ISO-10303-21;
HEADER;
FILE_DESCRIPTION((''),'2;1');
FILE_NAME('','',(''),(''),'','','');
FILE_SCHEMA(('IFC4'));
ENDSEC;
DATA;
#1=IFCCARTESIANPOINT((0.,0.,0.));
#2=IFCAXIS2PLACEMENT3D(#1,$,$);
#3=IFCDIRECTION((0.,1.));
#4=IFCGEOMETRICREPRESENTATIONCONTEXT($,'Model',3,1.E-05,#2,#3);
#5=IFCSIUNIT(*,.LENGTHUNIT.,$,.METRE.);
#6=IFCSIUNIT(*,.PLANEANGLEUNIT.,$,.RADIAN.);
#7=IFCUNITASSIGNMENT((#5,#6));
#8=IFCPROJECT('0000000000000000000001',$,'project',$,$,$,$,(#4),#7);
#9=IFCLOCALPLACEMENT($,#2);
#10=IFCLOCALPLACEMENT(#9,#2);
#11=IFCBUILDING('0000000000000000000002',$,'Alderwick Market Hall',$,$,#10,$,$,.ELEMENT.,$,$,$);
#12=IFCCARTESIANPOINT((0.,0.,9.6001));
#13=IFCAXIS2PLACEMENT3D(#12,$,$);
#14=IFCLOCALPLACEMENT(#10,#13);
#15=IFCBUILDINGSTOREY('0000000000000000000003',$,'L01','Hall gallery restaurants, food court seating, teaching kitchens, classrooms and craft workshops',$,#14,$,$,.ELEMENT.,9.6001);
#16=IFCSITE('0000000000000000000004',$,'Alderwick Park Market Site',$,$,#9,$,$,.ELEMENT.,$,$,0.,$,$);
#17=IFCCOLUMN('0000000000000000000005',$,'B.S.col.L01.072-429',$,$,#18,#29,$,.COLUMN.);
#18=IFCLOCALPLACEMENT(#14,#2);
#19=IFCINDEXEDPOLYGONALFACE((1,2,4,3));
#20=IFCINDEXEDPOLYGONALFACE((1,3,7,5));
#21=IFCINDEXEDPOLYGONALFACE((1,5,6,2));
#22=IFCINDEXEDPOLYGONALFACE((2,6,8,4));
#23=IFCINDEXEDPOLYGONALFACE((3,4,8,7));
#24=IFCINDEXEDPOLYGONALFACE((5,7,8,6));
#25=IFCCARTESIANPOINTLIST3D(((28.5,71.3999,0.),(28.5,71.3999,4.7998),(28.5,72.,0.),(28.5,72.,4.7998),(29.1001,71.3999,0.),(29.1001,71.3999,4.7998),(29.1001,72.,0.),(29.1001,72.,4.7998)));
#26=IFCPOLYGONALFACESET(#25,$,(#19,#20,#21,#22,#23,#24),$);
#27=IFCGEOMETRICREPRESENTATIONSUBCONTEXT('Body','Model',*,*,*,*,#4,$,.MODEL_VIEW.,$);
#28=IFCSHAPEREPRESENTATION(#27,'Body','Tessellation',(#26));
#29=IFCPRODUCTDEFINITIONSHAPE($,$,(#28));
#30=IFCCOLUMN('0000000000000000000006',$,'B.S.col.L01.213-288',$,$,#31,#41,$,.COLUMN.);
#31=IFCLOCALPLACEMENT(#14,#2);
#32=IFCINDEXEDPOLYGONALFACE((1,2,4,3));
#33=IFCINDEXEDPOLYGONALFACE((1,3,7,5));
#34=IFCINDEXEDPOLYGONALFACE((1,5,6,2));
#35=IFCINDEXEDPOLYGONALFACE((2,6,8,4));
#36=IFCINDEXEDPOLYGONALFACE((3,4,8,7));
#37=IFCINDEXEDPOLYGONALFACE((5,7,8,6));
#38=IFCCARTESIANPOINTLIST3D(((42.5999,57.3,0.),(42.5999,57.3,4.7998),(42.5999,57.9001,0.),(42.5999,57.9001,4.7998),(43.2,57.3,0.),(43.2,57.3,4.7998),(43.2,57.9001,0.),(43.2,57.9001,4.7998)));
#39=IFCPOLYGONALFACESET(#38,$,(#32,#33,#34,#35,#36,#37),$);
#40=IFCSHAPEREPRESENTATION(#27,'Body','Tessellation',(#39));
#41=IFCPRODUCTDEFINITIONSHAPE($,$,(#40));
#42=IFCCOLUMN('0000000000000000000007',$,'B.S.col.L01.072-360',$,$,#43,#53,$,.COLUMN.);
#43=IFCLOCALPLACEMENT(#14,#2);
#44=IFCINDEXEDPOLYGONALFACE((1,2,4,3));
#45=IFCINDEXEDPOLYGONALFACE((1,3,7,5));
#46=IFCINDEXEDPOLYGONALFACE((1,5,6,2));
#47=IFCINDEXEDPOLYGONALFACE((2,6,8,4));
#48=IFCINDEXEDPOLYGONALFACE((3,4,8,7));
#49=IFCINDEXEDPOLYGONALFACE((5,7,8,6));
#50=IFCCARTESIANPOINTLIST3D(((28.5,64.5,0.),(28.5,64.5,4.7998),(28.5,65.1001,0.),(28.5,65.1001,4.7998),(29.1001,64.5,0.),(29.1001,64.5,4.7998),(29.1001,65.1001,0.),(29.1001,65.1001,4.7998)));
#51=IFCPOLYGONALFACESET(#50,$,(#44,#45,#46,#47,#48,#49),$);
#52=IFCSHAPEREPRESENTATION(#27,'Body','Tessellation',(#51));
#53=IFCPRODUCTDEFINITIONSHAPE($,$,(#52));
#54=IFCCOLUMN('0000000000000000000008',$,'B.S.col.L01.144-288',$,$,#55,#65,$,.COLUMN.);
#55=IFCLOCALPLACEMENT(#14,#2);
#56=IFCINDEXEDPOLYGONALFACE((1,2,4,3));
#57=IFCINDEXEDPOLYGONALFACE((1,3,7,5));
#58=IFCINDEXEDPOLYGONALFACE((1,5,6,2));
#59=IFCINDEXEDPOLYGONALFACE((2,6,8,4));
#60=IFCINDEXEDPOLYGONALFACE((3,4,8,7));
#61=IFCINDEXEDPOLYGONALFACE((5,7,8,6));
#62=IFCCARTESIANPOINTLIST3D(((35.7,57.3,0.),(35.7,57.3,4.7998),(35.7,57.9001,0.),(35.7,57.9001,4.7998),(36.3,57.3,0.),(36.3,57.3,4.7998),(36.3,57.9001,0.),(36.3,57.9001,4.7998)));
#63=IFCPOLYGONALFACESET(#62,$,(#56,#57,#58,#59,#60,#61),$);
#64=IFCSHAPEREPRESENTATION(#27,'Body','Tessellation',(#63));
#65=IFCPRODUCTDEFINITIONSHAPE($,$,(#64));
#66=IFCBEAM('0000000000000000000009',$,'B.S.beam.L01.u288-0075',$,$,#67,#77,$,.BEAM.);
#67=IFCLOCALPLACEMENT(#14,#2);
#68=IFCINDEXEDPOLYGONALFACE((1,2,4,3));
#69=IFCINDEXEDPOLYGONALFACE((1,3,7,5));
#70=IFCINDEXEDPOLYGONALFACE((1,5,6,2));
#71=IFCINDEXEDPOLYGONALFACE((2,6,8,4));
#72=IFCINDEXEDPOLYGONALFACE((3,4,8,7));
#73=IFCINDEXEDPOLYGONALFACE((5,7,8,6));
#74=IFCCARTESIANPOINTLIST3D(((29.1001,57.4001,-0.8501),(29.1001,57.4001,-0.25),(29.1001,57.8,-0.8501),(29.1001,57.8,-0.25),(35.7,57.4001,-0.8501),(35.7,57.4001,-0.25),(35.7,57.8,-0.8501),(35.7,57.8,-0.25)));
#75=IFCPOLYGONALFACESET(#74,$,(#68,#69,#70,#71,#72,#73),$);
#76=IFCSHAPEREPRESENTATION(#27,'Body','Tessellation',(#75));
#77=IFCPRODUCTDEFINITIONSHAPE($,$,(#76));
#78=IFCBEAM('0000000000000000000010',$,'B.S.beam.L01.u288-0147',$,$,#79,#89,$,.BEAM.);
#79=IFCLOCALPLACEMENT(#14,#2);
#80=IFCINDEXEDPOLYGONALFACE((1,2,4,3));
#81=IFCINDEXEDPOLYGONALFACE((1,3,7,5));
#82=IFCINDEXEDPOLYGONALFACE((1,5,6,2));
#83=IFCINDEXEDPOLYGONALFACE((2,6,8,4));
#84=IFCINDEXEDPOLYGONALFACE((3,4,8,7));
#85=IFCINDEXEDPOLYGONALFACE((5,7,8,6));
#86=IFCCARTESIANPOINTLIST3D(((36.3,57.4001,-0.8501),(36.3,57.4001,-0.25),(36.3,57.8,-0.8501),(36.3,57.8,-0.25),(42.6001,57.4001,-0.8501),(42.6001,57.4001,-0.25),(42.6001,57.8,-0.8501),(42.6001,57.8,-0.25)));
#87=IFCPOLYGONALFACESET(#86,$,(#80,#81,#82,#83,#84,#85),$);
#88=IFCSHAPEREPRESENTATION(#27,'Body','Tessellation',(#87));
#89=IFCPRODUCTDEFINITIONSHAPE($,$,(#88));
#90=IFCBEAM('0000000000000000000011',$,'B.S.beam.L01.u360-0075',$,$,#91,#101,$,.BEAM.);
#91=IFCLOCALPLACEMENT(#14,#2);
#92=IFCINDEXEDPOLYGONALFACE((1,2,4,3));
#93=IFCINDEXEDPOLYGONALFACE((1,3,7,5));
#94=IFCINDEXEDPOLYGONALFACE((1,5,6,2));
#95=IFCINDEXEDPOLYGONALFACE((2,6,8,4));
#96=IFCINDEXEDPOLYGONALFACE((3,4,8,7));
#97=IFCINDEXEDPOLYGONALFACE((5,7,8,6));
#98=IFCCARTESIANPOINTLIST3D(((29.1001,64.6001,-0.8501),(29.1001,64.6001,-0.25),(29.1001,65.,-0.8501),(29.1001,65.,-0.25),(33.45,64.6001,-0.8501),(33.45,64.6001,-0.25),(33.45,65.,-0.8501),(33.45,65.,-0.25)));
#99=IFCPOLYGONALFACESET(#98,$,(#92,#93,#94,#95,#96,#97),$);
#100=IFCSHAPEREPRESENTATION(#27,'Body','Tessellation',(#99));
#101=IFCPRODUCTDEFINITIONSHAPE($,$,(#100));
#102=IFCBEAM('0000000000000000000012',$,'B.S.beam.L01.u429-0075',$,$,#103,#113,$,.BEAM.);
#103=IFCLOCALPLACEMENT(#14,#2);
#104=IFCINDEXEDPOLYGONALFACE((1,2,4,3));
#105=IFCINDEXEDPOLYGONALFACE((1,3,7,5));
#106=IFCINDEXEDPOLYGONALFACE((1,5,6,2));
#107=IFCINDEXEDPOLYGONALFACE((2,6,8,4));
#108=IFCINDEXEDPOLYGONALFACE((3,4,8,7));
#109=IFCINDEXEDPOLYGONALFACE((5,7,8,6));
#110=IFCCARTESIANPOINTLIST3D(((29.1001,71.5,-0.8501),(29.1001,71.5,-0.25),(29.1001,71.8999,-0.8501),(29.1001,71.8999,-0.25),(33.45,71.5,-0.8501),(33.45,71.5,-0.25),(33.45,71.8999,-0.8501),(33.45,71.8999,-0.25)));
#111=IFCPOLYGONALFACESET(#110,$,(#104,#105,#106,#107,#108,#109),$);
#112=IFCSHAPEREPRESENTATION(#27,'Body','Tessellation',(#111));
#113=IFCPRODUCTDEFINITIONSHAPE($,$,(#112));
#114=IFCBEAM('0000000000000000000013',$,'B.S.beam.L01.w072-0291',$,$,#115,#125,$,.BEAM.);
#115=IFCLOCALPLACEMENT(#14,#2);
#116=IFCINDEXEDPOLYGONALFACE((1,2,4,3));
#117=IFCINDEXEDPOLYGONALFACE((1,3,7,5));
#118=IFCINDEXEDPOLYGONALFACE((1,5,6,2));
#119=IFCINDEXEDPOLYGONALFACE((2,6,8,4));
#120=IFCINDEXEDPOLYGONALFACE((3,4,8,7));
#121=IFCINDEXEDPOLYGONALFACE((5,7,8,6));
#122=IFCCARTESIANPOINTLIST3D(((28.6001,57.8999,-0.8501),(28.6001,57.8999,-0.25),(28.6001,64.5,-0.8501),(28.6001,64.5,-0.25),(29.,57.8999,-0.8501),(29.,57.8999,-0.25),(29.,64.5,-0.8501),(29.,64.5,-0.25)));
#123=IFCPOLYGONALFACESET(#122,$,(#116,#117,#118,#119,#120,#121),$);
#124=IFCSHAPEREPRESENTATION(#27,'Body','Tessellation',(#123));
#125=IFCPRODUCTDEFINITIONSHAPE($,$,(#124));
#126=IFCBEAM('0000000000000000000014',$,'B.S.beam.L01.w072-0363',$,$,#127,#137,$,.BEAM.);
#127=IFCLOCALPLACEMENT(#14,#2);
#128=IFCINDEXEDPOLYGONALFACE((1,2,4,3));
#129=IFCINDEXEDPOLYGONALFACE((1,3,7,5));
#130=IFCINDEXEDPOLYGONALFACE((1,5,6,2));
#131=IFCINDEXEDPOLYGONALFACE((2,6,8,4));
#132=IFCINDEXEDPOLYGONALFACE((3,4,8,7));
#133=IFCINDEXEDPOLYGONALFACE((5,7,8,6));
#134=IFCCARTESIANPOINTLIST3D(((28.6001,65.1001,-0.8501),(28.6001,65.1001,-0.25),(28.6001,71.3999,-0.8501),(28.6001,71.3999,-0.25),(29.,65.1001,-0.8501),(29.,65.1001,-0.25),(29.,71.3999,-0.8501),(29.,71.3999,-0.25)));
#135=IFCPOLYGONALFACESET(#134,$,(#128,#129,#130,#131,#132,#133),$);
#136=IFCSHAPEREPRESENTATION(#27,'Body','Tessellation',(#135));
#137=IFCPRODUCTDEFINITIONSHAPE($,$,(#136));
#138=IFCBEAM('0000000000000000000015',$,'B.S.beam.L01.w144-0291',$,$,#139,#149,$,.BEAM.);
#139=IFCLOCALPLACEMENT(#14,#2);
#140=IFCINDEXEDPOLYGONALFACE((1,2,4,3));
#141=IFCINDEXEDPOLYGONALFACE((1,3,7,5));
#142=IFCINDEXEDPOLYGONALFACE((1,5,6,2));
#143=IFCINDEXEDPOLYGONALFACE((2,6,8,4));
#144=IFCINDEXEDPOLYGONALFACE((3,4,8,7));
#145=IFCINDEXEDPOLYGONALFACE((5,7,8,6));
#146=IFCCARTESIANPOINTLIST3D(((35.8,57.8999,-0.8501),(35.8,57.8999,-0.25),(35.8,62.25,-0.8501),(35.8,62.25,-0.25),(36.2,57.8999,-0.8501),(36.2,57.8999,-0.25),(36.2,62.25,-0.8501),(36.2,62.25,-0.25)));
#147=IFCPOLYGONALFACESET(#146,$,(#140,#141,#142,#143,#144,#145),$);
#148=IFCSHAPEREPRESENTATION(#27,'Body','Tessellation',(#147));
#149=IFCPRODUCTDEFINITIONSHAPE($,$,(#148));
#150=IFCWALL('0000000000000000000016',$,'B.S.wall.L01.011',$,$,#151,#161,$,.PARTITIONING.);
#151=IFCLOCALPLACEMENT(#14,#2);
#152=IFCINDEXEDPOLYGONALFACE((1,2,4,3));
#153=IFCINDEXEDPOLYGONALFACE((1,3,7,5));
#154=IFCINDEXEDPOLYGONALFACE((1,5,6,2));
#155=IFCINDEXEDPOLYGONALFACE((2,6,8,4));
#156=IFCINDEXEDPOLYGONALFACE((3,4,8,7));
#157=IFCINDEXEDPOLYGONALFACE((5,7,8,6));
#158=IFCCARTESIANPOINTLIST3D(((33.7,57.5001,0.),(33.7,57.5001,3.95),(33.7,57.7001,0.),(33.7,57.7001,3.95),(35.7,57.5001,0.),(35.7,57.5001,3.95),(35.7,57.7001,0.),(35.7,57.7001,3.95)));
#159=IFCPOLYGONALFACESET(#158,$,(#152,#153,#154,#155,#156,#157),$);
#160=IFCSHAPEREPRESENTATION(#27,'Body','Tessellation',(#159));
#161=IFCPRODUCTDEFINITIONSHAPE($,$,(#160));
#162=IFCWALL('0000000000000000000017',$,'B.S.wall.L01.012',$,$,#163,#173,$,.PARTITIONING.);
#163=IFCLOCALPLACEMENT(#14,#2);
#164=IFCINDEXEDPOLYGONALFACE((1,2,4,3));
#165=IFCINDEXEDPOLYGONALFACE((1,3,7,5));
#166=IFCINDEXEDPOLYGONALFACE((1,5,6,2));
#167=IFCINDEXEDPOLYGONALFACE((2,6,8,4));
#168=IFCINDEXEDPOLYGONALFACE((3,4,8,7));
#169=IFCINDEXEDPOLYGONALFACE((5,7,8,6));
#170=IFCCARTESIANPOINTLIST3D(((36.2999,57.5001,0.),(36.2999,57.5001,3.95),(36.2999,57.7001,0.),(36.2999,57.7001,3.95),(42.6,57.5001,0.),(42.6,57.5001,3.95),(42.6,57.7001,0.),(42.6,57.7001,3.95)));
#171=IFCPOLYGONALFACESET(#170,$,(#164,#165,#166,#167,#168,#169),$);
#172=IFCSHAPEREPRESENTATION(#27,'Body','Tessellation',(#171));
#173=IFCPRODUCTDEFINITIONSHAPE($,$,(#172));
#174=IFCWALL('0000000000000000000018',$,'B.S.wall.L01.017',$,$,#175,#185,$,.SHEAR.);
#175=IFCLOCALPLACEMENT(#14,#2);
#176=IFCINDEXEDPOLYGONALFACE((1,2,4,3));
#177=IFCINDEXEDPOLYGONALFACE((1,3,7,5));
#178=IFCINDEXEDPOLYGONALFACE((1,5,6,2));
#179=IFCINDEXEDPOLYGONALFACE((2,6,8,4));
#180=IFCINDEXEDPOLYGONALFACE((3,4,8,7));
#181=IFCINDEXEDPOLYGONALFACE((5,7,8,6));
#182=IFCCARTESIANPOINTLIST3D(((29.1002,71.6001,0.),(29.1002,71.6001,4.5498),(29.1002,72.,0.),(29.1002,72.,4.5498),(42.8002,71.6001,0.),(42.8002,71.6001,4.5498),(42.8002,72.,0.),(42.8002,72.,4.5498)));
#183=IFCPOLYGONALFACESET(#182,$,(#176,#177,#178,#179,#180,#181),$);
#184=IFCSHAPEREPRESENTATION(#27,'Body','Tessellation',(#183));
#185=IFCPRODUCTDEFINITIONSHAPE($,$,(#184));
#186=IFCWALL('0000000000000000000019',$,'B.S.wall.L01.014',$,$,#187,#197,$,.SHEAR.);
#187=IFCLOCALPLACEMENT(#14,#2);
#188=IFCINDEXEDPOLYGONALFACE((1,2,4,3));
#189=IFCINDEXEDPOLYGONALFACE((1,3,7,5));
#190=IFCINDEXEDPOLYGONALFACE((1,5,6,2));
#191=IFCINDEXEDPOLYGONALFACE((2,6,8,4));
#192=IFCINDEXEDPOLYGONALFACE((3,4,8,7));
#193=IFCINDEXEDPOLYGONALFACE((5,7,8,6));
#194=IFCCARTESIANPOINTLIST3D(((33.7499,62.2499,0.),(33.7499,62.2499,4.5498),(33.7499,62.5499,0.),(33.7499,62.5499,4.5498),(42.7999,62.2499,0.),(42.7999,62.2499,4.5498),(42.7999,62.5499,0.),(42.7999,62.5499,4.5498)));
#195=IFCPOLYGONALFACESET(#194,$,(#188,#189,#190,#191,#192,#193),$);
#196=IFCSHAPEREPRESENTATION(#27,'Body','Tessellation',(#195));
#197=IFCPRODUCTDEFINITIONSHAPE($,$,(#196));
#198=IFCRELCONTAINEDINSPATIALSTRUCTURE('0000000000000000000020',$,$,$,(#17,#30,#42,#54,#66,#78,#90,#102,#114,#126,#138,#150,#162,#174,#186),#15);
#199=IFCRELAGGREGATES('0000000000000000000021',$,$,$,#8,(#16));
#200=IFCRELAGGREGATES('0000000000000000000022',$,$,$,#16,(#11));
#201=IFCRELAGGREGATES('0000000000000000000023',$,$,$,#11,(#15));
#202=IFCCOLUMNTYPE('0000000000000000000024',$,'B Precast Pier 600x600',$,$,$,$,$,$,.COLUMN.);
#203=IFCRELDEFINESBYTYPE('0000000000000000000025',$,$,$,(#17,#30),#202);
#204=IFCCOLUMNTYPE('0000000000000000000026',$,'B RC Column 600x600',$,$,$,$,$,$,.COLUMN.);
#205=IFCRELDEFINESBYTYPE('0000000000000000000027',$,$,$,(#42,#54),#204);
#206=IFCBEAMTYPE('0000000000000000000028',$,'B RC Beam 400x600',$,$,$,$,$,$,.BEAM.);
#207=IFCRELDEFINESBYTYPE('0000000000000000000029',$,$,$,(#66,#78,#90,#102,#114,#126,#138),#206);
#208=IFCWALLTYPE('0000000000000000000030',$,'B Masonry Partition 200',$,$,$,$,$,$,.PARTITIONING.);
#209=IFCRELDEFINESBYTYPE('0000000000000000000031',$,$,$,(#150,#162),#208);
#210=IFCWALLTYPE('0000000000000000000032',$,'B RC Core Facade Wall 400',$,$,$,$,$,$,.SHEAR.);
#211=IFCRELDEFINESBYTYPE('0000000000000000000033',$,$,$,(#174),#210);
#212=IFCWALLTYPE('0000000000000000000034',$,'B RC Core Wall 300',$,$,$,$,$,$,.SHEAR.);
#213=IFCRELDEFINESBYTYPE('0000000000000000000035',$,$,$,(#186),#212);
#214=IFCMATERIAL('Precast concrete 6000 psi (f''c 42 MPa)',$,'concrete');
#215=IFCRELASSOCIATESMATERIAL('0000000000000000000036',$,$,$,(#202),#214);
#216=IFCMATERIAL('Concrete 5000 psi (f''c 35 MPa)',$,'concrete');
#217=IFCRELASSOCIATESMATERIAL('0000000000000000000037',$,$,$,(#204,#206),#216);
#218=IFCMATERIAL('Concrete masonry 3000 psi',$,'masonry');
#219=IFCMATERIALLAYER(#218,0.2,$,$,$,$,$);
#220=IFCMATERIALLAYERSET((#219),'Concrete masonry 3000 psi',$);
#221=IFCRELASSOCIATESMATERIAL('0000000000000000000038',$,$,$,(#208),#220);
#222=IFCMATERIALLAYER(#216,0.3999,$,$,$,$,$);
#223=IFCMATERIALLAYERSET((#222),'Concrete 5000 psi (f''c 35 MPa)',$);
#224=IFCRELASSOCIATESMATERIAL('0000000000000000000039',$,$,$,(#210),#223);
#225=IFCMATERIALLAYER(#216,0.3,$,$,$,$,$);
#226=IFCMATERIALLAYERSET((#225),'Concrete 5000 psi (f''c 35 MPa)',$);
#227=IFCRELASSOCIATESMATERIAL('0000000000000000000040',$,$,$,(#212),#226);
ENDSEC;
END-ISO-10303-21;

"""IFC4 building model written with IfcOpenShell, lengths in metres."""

from ifc_helpers import new_model, si_unit, direction, frame, frame_2d, origin, origin_2d, place, context, subcontext, project, spatial, rectangle, extrude, material, layer, layer_set, material_profile, profile_set, type_object, element, save


model = new_model("IFC4")

# Units and contexts
model_context = context("Model", 3, precision=1e-05, world=origin(), true_north=direction((0.0, 1.0)))
body_context = subcontext(model_context, "Body", "Model", "MODEL_VIEW")
ifc_project = project(units=[si_unit("LENGTHUNIT", "METRE"), si_unit("PLANEANGLEUNIT", "RADIAN")], contexts=[model_context])

# Site, building, storey
site_placement = place(None, origin())
site = spatial("IfcSite", under=ifc_project, at=site_placement, Name="Alderwick Park Market Site", CompositionType="ELEMENT", RefElevation=0.0)
building_placement = place(site_placement, origin())
building = spatial("IfcBuilding", under=site, at=building_placement, Name="Alderwick Market Hall", CompositionType="ELEMENT")
storey_placement = place(building_placement, frame((0.0, 0.0, 9.6001)))
storey = spatial("IfcBuildingStorey", under=building, at=storey_placement, Name="L01", Description="Hall gallery restaurants, food court seating, teaching kitchens, classrooms and craft workshops", CompositionType="ELEMENT", Elevation=9.6001)

# Columns
ifc_material_1 = material(Name="Precast concrete 6000 psi (f'c 42 MPa)", Category="concrete")
ifc_material_profile_1 = material_profile(ifc_material_1, rectangle(XDim=0.6001, YDim=0.6001, at=origin_2d()), Name="B Precast Pier 600x600")
ifc_profile_set_1 = profile_set([ifc_material_profile_1], Name="Precast concrete 6000 psi (f'c 42 MPa)")
column_type_1 = type_object("IfcColumnType", Name="B Precast Pier 600x600", PredefinedType="COLUMN", material=ifc_profile_set_1)
for number, where, z_axis, x_axis, name in (
    (1, (28.8, 71.7, 0.0), (0.0, 0.0, 1.0), (1.0, 0.0, 0.0), "B.S.col.L01.072-429"),
    (2, (42.8999, 57.6001, 0.0), (0.0, 0.0, 1.0), (1.0, 0.0, 0.0), "B.S.col.L01.213-288"),
):
    element("IfcColumn", number, at=place(storey_placement, frame(where, z_axis=z_axis, x_axis=x_axis)), inside=storey, type_object=column_type_1, Name=name, PredefinedType="COLUMN", context=body_context, shape_type="SweptSolid", body=[
        extrude(rectangle(XDim=0.6001, YDim=0.6001, at=origin_2d()), origin(), (0.0, 0.0, 1.0), 4.7998),
    ])
ifc_material_2 = material(Name="Concrete 5000 psi (f'c 35 MPa)", Category="concrete")
ifc_material_profile_2 = material_profile(ifc_material_2, rectangle(XDim=0.6001, YDim=0.6001, at=origin_2d()), Name="B RC Column 600x600")
ifc_profile_set_2 = profile_set([ifc_material_profile_2], Name="Concrete 5000 psi (f'c 35 MPa)")
column_type_2 = type_object("IfcColumnType", Name="B RC Column 600x600", PredefinedType="COLUMN", material=ifc_profile_set_2)
for number, where, z_axis, x_axis, name in (
    (3, (28.8, 64.8, 0.0), (0.0, 0.0, 1.0), (1.0, 0.0, 0.0), "B.S.col.L01.072-360"),
    (4, (36.0, 57.6001, 0.0), (0.0, 0.0, 1.0), (1.0, 0.0, 0.0), "B.S.col.L01.144-288"),
):
    element("IfcColumn", number, at=place(storey_placement, frame(where, z_axis=z_axis, x_axis=x_axis)), inside=storey, type_object=column_type_2, Name=name, PredefinedType="COLUMN", context=body_context, shape_type="SweptSolid", body=[
        extrude(rectangle(XDim=0.6001, YDim=0.6001, at=origin_2d()), origin(), (0.0, 0.0, 1.0), 4.7998),
    ])

# Beams
ifc_material_profile_3 = material_profile(ifc_material_2, rectangle(XDim=0.3999, YDim=0.6001, at=origin_2d()), Name="B RC Beam 400x600")
ifc_profile_set_3 = profile_set([ifc_material_profile_3], Name="Concrete 5000 psi (f'c 35 MPa)")
beam_type = type_object("IfcBeamType", Name="B RC Beam 400x600", PredefinedType="BEAM", material=ifc_profile_set_3)
beam_1_placement = place(storey_placement, frame((29.1001, 57.6001, -0.55), z_axis=(1.0, 0.0, 0.0), x_axis=(0.0, 1.0, 0.0)))
element("IfcBeam", 5, at=beam_1_placement, inside=storey, type_object=beam_type, Name="B.S.beam.L01.u288-0075", PredefinedType="BEAM", context=body_context, shape_type="SweptSolid", body=[
    extrude(rectangle(XDim=0.3999, YDim=0.6001, at=origin_2d()), origin(), (0.0, 0.0, 1.0), 6.5999),
])
beam_2_placement = place(storey_placement, frame((36.3, 57.6001, -0.55), z_axis=(1.0, 0.0, 0.0), x_axis=(0.0, 1.0, 0.0)))
element("IfcBeam", 6, at=beam_2_placement, inside=storey, type_object=beam_type, Name="B.S.beam.L01.u288-0147", PredefinedType="BEAM", context=body_context, shape_type="SweptSolid", body=[
    extrude(rectangle(XDim=0.3999, YDim=0.6001, at=origin_2d()), origin(), (0.0, 0.0, 1.0), 6.3),
])
for number, where, z_axis, x_axis, name in (
    (7, (29.1001, 64.8, -0.55), (1.0, 0.0, 0.0), (0.0, 1.0, 0.0), "B.S.beam.L01.u360-0075"),
    (8, (29.1001, 71.7, -0.55), (1.0, 0.0, 0.0), (0.0, 1.0, 0.0), "B.S.beam.L01.u429-0075"),
):
    element("IfcBeam", number, at=place(storey_placement, frame(where, z_axis=z_axis, x_axis=x_axis)), inside=storey, type_object=beam_type, Name=name, PredefinedType="BEAM", context=body_context, shape_type="SweptSolid", body=[
        extrude(rectangle(XDim=0.3999, YDim=0.6001, at=origin_2d()), origin(), (0.0, 0.0, 1.0), 4.3499),
    ])
beam_3_placement = place(storey_placement, frame((28.8, 57.8999, -0.55), z_axis=(0.0, 1.0, 0.0), x_axis=(-1.0, 0.0, 0.0)))
element("IfcBeam", 9, at=beam_3_placement, inside=storey, type_object=beam_type, Name="B.S.beam.L01.w072-0291", PredefinedType="BEAM", context=body_context, shape_type="SweptSolid", body=[
    extrude(rectangle(XDim=0.3999, YDim=0.6001, at=origin_2d()), origin(), (0.0, 0.0, 1.0), 6.6001),
])
beam_4_placement = place(storey_placement, frame((28.8, 65.1001, -0.55), z_axis=(0.0, 1.0, 0.0), x_axis=(-1.0, 0.0, 0.0)))
element("IfcBeam", 10, at=beam_4_placement, inside=storey, type_object=beam_type, Name="B.S.beam.L01.w072-0363", PredefinedType="BEAM", context=body_context, shape_type="SweptSolid", body=[
    extrude(rectangle(XDim=0.3999, YDim=0.6001, at=origin_2d()), origin(), (0.0, 0.0, 1.0), 6.2998),
])
beam_5_placement = place(storey_placement, frame((36.0, 57.8999, -0.55), z_axis=(0.0, 1.0, 0.0), x_axis=(-1.0, 0.0, 0.0)))
element("IfcBeam", 11, at=beam_5_placement, inside=storey, type_object=beam_type, Name="B.S.beam.L01.w144-0291", PredefinedType="BEAM", context=body_context, shape_type="SweptSolid", body=[
    extrude(rectangle(XDim=0.3999, YDim=0.6001, at=origin_2d()), origin(), (0.0, 0.0, 1.0), 4.3501),
])

# Walls
ifc_material_3 = material(Name="Concrete masonry 3000 psi", Category="masonry")
ifc_layer_1 = layer(ifc_material_3, 0.2)
ifc_layer_set_1 = layer_set([ifc_layer_1], Name="Concrete masonry 3000 psi")
wall_type_1 = type_object("IfcWallType", Name="B Masonry Partition 200", PredefinedType="PARTITIONING", material=ifc_layer_set_1)
wall_1_placement = place(storey_placement, frame((33.7, 57.6001, 0.0), z_axis=(0.0, 0.0, 1.0), x_axis=(1.0, 0.0, 0.0)))
element("IfcWall", 12, at=wall_1_placement, inside=storey, type_object=wall_type_1, Name="B.S.wall.L01.011", PredefinedType="PARTITIONING", context=body_context, shape_type="SweptSolid", body=[
    extrude(rectangle(XDim=2.0, YDim=0.2, at=frame_2d((1.0, 0.0))), origin(), (0.0, 0.0, 1.0), 3.95),
])
wall_2_placement = place(storey_placement, frame((36.3, 57.6001, 0.0), z_axis=(0.0, 0.0, 1.0), x_axis=(1.0, 0.0, 0.0)))
element("IfcWall", 13, at=wall_2_placement, inside=storey, type_object=wall_type_1, Name="B.S.wall.L01.012", PredefinedType="PARTITIONING", context=body_context, shape_type="SweptSolid", body=[
    extrude(rectangle(XDim=6.3, YDim=0.2, at=frame_2d((3.1499, 0.0))), origin(), (0.0, 0.0, 1.0), 3.95),
])
ifc_layer_2 = layer(ifc_material_2, 0.3999)
ifc_layer_set_2 = layer_set([ifc_layer_2], Name="Concrete 5000 psi (f'c 35 MPa)")
wall_type_2 = type_object("IfcWallType", Name="B RC Core Facade Wall 400", PredefinedType="SHEAR", material=ifc_layer_set_2)
wall_3_placement = place(storey_placement, frame((29.1001, 71.8, 0.0), z_axis=(0.0, 0.0, 1.0), x_axis=(1.0, 0.0, 0.0)))
element("IfcWall", 14, at=wall_3_placement, inside=storey, type_object=wall_type_2, Name="B.S.wall.L01.017", PredefinedType="SHEAR", context=body_context, shape_type="SweptSolid", body=[
    extrude(rectangle(XDim=13.7, YDim=0.3999, at=frame_2d((6.8501, 0.0))), origin(), (0.0, 0.0, 1.0), 4.5498),
])
ifc_layer_3 = layer(ifc_material_2, 0.3)
ifc_layer_set_3 = layer_set([ifc_layer_3], Name="Concrete 5000 psi (f'c 35 MPa)")
wall_type_3 = type_object("IfcWallType", Name="B RC Core Wall 300", PredefinedType="SHEAR", material=ifc_layer_set_3)
wall_4_placement = place(storey_placement, frame((33.75, 62.3999, 0.0), z_axis=(0.0, 0.0, 1.0), x_axis=(1.0, 0.0, 0.0)))
element("IfcWall", 15, at=wall_4_placement, inside=storey, type_object=wall_type_3, Name="B.S.wall.L01.014", PredefinedType="SHEAR", context=body_context, shape_type="SweptSolid", body=[
    extrude(rectangle(XDim=9.05, YDim=0.3, at=frame_2d((4.5249, 0.0))), origin(), (0.0, 0.0, 1.0), 4.5498),
])

save(model, "model.ifc")
